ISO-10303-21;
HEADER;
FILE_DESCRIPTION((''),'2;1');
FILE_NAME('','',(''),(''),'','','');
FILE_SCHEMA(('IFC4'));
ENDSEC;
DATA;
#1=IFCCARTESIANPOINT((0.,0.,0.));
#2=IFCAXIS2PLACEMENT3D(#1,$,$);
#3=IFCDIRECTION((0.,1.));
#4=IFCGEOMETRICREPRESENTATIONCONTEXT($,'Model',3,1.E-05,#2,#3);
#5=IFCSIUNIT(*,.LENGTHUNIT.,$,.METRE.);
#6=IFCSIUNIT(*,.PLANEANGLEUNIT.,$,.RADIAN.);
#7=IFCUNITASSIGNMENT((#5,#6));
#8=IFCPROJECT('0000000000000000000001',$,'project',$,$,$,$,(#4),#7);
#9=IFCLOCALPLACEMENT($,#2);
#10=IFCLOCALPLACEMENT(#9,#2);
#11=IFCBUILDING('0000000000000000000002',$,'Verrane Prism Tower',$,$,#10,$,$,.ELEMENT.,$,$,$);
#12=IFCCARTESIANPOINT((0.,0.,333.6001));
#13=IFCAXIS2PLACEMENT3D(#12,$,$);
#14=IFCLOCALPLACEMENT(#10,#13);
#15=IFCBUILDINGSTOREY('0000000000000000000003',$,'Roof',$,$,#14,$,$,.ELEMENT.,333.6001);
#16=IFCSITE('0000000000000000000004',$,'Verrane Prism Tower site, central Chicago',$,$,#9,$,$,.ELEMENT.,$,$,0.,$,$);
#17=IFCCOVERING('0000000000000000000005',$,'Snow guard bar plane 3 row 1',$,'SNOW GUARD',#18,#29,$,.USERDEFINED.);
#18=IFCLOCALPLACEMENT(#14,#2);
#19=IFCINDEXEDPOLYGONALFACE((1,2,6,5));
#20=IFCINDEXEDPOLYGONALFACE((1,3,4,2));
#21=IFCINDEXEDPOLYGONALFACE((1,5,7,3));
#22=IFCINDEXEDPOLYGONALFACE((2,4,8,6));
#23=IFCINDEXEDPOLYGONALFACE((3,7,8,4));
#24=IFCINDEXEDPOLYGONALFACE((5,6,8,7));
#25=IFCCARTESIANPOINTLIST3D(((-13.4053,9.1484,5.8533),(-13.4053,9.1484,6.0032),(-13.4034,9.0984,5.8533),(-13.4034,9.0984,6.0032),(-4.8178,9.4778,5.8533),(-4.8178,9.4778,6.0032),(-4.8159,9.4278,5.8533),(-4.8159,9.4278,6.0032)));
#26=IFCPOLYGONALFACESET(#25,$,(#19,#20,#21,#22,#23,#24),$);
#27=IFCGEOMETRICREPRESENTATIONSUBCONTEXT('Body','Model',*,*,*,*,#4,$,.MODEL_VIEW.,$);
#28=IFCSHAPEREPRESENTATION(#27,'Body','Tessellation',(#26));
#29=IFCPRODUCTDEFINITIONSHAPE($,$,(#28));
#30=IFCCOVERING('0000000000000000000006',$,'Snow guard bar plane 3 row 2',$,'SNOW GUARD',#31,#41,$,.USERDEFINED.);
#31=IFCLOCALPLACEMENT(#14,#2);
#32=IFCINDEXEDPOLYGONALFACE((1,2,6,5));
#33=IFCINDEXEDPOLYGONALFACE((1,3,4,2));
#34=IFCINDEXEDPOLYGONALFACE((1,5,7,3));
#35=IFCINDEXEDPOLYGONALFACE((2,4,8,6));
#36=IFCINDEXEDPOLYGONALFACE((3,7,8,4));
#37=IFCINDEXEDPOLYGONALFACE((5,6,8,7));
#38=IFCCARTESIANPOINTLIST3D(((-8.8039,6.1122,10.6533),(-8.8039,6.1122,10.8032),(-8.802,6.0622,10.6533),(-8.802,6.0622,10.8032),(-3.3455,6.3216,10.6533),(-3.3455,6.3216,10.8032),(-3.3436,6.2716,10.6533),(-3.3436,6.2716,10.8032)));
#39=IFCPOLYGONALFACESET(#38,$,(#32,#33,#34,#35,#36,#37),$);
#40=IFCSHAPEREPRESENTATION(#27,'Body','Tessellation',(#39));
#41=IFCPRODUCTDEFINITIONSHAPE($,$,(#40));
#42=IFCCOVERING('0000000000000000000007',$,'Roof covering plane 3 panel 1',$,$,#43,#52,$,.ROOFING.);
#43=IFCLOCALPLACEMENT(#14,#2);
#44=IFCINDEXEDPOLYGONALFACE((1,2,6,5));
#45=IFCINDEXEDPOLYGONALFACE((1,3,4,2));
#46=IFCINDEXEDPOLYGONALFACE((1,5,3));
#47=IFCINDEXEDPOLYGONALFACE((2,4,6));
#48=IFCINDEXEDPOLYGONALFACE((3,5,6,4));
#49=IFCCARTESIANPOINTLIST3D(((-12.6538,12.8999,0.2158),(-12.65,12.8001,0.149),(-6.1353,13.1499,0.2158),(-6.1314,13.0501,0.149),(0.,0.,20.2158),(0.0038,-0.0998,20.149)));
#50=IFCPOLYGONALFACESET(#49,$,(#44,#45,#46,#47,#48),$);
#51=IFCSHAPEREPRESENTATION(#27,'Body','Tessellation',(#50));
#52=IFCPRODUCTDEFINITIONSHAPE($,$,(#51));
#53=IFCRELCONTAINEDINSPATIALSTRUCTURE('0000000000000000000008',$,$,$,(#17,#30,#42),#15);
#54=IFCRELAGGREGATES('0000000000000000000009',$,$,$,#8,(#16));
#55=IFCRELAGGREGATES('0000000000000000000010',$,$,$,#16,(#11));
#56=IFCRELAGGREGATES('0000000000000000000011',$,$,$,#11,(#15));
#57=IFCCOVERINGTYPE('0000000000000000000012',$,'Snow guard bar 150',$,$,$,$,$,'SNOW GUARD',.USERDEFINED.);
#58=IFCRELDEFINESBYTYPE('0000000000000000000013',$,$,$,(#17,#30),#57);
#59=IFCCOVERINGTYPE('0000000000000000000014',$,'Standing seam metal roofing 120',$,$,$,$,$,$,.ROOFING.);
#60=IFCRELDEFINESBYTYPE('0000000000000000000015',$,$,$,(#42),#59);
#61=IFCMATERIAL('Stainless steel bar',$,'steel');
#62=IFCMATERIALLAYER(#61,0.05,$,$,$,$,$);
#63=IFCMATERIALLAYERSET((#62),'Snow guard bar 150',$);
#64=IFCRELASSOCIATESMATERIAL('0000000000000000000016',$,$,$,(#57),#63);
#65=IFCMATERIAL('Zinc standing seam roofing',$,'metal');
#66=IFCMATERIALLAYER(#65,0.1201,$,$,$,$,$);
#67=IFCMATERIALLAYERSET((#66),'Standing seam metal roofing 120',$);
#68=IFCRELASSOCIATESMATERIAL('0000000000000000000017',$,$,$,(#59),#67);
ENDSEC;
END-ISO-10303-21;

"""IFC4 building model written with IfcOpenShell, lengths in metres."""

from ifc_helpers import new_model, si_unit, direction, frame, origin, origin_2d, place, context, subcontext, project, spatial, polyline, rectangle, outline, extrude, material, layer, layer_set, type_object, element, save


model = new_model("IFC4")

# Units and contexts
model_context = context("Model", 3, precision=1e-05, world=origin(), true_north=direction((0.0, 1.0)))
body_context = subcontext(model_context, "Body", "Model", "MODEL_VIEW")
ifc_project = project(units=[si_unit("LENGTHUNIT", "METRE"), si_unit("PLANEANGLEUNIT", "RADIAN")], contexts=[model_context])

# Site, building, storey
site_placement = place(None, origin())
site = spatial("IfcSite", under=ifc_project, at=site_placement, Name="Verrane Prism Tower site, central Chicago", CompositionType="ELEMENT", RefElevation=0.0)
building_placement = place(site_placement, origin())
building = spatial("IfcBuilding", under=site, at=building_placement, Name="Verrane Prism Tower", CompositionType="ELEMENT")
storey_placement = place(building_placement, frame((0.0, 0.0, 333.6001)))
storey = spatial("IfcBuildingStorey", under=building, at=storey_placement, Name="Roof", CompositionType="ELEMENT", Elevation=333.6001)

# Coverings
ifc_material_1 = material(Name="Stainless steel bar", Category="steel")
ifc_layer_1 = layer(ifc_material_1, 0.05)
ifc_layer_set_1 = layer_set([ifc_layer_1], Name="Snow guard bar 150")
covering_type_1 = type_object("IfcCoveringType", Name="Snow guard bar 150", ElementType="SNOW GUARD", PredefinedType="USERDEFINED", material=ifc_layer_set_1)
covering_1_placement = place(storey_placement, frame((-9.1106, 9.2881, 5.8533), z_axis=(0.0, 0.0, 1.0), x_axis=(-0.999265, -0.038323, 0.0)))
element("IfcCovering", 1, at=covering_1_placement, inside=storey, type_object=covering_type_1, Name="Snow guard bar plane 3 row 1", ObjectType="SNOW GUARD", PredefinedType="USERDEFINED", context=body_context, shape_type="SweptSolid", body=[
    extrude(rectangle(XDim=8.5938, YDim=0.05, at=origin_2d()), origin(), (0.0, 0.0, 1.0), 0.1499),
])
covering_2_placement = place(storey_placement, frame((-6.0737, 6.1919, 10.6533), z_axis=(0.0, 0.0, 1.0), x_axis=(-0.999265, -0.038323, 0.0)))
element("IfcCovering", 2, at=covering_2_placement, inside=storey, type_object=covering_type_1, Name="Snow guard bar plane 3 row 2", ObjectType="SNOW GUARD", PredefinedType="USERDEFINED", context=body_context, shape_type="SweptSolid", body=[
    extrude(rectangle(XDim=5.4624, YDim=0.05, at=origin_2d()), origin(), (0.0, 0.0, 1.0), 0.1499),
])
ifc_material_2 = material(Name="Zinc standing seam roofing", Category="metal")
ifc_layer_2 = layer(ifc_material_2, 0.1201)
ifc_layer_set_2 = layer_set([ifc_layer_2], Name="Standing seam metal roofing 120")
covering_type_2 = type_object("IfcCoveringType", Name="Standing seam metal roofing 120", PredefinedType="ROOFING", material=ifc_layer_set_2)
covering_3_placement = place(storey_placement, frame((-6.1353, 13.1499, 0.2158), z_axis=(-0.031856, 0.830632, 0.555909), x_axis=(-0.999265, -0.038324, 0.0)))
element("IfcCovering", 3, at=covering_3_placement, inside=storey, type_object=covering_type_2, Name="Roof covering plane 3 panel 1", PredefinedType="ROOFING", context=body_context, shape_type="SweptSolid", body=[
    extrude(outline(polyline([(0.0, 0.0), (6.5233, 0.0), (-5.6268, 24.0604), (0.0, 0.0)])), origin(), (0.0, 0.0, -1.0), 0.1201),
])

save(model, "model.ifc")
